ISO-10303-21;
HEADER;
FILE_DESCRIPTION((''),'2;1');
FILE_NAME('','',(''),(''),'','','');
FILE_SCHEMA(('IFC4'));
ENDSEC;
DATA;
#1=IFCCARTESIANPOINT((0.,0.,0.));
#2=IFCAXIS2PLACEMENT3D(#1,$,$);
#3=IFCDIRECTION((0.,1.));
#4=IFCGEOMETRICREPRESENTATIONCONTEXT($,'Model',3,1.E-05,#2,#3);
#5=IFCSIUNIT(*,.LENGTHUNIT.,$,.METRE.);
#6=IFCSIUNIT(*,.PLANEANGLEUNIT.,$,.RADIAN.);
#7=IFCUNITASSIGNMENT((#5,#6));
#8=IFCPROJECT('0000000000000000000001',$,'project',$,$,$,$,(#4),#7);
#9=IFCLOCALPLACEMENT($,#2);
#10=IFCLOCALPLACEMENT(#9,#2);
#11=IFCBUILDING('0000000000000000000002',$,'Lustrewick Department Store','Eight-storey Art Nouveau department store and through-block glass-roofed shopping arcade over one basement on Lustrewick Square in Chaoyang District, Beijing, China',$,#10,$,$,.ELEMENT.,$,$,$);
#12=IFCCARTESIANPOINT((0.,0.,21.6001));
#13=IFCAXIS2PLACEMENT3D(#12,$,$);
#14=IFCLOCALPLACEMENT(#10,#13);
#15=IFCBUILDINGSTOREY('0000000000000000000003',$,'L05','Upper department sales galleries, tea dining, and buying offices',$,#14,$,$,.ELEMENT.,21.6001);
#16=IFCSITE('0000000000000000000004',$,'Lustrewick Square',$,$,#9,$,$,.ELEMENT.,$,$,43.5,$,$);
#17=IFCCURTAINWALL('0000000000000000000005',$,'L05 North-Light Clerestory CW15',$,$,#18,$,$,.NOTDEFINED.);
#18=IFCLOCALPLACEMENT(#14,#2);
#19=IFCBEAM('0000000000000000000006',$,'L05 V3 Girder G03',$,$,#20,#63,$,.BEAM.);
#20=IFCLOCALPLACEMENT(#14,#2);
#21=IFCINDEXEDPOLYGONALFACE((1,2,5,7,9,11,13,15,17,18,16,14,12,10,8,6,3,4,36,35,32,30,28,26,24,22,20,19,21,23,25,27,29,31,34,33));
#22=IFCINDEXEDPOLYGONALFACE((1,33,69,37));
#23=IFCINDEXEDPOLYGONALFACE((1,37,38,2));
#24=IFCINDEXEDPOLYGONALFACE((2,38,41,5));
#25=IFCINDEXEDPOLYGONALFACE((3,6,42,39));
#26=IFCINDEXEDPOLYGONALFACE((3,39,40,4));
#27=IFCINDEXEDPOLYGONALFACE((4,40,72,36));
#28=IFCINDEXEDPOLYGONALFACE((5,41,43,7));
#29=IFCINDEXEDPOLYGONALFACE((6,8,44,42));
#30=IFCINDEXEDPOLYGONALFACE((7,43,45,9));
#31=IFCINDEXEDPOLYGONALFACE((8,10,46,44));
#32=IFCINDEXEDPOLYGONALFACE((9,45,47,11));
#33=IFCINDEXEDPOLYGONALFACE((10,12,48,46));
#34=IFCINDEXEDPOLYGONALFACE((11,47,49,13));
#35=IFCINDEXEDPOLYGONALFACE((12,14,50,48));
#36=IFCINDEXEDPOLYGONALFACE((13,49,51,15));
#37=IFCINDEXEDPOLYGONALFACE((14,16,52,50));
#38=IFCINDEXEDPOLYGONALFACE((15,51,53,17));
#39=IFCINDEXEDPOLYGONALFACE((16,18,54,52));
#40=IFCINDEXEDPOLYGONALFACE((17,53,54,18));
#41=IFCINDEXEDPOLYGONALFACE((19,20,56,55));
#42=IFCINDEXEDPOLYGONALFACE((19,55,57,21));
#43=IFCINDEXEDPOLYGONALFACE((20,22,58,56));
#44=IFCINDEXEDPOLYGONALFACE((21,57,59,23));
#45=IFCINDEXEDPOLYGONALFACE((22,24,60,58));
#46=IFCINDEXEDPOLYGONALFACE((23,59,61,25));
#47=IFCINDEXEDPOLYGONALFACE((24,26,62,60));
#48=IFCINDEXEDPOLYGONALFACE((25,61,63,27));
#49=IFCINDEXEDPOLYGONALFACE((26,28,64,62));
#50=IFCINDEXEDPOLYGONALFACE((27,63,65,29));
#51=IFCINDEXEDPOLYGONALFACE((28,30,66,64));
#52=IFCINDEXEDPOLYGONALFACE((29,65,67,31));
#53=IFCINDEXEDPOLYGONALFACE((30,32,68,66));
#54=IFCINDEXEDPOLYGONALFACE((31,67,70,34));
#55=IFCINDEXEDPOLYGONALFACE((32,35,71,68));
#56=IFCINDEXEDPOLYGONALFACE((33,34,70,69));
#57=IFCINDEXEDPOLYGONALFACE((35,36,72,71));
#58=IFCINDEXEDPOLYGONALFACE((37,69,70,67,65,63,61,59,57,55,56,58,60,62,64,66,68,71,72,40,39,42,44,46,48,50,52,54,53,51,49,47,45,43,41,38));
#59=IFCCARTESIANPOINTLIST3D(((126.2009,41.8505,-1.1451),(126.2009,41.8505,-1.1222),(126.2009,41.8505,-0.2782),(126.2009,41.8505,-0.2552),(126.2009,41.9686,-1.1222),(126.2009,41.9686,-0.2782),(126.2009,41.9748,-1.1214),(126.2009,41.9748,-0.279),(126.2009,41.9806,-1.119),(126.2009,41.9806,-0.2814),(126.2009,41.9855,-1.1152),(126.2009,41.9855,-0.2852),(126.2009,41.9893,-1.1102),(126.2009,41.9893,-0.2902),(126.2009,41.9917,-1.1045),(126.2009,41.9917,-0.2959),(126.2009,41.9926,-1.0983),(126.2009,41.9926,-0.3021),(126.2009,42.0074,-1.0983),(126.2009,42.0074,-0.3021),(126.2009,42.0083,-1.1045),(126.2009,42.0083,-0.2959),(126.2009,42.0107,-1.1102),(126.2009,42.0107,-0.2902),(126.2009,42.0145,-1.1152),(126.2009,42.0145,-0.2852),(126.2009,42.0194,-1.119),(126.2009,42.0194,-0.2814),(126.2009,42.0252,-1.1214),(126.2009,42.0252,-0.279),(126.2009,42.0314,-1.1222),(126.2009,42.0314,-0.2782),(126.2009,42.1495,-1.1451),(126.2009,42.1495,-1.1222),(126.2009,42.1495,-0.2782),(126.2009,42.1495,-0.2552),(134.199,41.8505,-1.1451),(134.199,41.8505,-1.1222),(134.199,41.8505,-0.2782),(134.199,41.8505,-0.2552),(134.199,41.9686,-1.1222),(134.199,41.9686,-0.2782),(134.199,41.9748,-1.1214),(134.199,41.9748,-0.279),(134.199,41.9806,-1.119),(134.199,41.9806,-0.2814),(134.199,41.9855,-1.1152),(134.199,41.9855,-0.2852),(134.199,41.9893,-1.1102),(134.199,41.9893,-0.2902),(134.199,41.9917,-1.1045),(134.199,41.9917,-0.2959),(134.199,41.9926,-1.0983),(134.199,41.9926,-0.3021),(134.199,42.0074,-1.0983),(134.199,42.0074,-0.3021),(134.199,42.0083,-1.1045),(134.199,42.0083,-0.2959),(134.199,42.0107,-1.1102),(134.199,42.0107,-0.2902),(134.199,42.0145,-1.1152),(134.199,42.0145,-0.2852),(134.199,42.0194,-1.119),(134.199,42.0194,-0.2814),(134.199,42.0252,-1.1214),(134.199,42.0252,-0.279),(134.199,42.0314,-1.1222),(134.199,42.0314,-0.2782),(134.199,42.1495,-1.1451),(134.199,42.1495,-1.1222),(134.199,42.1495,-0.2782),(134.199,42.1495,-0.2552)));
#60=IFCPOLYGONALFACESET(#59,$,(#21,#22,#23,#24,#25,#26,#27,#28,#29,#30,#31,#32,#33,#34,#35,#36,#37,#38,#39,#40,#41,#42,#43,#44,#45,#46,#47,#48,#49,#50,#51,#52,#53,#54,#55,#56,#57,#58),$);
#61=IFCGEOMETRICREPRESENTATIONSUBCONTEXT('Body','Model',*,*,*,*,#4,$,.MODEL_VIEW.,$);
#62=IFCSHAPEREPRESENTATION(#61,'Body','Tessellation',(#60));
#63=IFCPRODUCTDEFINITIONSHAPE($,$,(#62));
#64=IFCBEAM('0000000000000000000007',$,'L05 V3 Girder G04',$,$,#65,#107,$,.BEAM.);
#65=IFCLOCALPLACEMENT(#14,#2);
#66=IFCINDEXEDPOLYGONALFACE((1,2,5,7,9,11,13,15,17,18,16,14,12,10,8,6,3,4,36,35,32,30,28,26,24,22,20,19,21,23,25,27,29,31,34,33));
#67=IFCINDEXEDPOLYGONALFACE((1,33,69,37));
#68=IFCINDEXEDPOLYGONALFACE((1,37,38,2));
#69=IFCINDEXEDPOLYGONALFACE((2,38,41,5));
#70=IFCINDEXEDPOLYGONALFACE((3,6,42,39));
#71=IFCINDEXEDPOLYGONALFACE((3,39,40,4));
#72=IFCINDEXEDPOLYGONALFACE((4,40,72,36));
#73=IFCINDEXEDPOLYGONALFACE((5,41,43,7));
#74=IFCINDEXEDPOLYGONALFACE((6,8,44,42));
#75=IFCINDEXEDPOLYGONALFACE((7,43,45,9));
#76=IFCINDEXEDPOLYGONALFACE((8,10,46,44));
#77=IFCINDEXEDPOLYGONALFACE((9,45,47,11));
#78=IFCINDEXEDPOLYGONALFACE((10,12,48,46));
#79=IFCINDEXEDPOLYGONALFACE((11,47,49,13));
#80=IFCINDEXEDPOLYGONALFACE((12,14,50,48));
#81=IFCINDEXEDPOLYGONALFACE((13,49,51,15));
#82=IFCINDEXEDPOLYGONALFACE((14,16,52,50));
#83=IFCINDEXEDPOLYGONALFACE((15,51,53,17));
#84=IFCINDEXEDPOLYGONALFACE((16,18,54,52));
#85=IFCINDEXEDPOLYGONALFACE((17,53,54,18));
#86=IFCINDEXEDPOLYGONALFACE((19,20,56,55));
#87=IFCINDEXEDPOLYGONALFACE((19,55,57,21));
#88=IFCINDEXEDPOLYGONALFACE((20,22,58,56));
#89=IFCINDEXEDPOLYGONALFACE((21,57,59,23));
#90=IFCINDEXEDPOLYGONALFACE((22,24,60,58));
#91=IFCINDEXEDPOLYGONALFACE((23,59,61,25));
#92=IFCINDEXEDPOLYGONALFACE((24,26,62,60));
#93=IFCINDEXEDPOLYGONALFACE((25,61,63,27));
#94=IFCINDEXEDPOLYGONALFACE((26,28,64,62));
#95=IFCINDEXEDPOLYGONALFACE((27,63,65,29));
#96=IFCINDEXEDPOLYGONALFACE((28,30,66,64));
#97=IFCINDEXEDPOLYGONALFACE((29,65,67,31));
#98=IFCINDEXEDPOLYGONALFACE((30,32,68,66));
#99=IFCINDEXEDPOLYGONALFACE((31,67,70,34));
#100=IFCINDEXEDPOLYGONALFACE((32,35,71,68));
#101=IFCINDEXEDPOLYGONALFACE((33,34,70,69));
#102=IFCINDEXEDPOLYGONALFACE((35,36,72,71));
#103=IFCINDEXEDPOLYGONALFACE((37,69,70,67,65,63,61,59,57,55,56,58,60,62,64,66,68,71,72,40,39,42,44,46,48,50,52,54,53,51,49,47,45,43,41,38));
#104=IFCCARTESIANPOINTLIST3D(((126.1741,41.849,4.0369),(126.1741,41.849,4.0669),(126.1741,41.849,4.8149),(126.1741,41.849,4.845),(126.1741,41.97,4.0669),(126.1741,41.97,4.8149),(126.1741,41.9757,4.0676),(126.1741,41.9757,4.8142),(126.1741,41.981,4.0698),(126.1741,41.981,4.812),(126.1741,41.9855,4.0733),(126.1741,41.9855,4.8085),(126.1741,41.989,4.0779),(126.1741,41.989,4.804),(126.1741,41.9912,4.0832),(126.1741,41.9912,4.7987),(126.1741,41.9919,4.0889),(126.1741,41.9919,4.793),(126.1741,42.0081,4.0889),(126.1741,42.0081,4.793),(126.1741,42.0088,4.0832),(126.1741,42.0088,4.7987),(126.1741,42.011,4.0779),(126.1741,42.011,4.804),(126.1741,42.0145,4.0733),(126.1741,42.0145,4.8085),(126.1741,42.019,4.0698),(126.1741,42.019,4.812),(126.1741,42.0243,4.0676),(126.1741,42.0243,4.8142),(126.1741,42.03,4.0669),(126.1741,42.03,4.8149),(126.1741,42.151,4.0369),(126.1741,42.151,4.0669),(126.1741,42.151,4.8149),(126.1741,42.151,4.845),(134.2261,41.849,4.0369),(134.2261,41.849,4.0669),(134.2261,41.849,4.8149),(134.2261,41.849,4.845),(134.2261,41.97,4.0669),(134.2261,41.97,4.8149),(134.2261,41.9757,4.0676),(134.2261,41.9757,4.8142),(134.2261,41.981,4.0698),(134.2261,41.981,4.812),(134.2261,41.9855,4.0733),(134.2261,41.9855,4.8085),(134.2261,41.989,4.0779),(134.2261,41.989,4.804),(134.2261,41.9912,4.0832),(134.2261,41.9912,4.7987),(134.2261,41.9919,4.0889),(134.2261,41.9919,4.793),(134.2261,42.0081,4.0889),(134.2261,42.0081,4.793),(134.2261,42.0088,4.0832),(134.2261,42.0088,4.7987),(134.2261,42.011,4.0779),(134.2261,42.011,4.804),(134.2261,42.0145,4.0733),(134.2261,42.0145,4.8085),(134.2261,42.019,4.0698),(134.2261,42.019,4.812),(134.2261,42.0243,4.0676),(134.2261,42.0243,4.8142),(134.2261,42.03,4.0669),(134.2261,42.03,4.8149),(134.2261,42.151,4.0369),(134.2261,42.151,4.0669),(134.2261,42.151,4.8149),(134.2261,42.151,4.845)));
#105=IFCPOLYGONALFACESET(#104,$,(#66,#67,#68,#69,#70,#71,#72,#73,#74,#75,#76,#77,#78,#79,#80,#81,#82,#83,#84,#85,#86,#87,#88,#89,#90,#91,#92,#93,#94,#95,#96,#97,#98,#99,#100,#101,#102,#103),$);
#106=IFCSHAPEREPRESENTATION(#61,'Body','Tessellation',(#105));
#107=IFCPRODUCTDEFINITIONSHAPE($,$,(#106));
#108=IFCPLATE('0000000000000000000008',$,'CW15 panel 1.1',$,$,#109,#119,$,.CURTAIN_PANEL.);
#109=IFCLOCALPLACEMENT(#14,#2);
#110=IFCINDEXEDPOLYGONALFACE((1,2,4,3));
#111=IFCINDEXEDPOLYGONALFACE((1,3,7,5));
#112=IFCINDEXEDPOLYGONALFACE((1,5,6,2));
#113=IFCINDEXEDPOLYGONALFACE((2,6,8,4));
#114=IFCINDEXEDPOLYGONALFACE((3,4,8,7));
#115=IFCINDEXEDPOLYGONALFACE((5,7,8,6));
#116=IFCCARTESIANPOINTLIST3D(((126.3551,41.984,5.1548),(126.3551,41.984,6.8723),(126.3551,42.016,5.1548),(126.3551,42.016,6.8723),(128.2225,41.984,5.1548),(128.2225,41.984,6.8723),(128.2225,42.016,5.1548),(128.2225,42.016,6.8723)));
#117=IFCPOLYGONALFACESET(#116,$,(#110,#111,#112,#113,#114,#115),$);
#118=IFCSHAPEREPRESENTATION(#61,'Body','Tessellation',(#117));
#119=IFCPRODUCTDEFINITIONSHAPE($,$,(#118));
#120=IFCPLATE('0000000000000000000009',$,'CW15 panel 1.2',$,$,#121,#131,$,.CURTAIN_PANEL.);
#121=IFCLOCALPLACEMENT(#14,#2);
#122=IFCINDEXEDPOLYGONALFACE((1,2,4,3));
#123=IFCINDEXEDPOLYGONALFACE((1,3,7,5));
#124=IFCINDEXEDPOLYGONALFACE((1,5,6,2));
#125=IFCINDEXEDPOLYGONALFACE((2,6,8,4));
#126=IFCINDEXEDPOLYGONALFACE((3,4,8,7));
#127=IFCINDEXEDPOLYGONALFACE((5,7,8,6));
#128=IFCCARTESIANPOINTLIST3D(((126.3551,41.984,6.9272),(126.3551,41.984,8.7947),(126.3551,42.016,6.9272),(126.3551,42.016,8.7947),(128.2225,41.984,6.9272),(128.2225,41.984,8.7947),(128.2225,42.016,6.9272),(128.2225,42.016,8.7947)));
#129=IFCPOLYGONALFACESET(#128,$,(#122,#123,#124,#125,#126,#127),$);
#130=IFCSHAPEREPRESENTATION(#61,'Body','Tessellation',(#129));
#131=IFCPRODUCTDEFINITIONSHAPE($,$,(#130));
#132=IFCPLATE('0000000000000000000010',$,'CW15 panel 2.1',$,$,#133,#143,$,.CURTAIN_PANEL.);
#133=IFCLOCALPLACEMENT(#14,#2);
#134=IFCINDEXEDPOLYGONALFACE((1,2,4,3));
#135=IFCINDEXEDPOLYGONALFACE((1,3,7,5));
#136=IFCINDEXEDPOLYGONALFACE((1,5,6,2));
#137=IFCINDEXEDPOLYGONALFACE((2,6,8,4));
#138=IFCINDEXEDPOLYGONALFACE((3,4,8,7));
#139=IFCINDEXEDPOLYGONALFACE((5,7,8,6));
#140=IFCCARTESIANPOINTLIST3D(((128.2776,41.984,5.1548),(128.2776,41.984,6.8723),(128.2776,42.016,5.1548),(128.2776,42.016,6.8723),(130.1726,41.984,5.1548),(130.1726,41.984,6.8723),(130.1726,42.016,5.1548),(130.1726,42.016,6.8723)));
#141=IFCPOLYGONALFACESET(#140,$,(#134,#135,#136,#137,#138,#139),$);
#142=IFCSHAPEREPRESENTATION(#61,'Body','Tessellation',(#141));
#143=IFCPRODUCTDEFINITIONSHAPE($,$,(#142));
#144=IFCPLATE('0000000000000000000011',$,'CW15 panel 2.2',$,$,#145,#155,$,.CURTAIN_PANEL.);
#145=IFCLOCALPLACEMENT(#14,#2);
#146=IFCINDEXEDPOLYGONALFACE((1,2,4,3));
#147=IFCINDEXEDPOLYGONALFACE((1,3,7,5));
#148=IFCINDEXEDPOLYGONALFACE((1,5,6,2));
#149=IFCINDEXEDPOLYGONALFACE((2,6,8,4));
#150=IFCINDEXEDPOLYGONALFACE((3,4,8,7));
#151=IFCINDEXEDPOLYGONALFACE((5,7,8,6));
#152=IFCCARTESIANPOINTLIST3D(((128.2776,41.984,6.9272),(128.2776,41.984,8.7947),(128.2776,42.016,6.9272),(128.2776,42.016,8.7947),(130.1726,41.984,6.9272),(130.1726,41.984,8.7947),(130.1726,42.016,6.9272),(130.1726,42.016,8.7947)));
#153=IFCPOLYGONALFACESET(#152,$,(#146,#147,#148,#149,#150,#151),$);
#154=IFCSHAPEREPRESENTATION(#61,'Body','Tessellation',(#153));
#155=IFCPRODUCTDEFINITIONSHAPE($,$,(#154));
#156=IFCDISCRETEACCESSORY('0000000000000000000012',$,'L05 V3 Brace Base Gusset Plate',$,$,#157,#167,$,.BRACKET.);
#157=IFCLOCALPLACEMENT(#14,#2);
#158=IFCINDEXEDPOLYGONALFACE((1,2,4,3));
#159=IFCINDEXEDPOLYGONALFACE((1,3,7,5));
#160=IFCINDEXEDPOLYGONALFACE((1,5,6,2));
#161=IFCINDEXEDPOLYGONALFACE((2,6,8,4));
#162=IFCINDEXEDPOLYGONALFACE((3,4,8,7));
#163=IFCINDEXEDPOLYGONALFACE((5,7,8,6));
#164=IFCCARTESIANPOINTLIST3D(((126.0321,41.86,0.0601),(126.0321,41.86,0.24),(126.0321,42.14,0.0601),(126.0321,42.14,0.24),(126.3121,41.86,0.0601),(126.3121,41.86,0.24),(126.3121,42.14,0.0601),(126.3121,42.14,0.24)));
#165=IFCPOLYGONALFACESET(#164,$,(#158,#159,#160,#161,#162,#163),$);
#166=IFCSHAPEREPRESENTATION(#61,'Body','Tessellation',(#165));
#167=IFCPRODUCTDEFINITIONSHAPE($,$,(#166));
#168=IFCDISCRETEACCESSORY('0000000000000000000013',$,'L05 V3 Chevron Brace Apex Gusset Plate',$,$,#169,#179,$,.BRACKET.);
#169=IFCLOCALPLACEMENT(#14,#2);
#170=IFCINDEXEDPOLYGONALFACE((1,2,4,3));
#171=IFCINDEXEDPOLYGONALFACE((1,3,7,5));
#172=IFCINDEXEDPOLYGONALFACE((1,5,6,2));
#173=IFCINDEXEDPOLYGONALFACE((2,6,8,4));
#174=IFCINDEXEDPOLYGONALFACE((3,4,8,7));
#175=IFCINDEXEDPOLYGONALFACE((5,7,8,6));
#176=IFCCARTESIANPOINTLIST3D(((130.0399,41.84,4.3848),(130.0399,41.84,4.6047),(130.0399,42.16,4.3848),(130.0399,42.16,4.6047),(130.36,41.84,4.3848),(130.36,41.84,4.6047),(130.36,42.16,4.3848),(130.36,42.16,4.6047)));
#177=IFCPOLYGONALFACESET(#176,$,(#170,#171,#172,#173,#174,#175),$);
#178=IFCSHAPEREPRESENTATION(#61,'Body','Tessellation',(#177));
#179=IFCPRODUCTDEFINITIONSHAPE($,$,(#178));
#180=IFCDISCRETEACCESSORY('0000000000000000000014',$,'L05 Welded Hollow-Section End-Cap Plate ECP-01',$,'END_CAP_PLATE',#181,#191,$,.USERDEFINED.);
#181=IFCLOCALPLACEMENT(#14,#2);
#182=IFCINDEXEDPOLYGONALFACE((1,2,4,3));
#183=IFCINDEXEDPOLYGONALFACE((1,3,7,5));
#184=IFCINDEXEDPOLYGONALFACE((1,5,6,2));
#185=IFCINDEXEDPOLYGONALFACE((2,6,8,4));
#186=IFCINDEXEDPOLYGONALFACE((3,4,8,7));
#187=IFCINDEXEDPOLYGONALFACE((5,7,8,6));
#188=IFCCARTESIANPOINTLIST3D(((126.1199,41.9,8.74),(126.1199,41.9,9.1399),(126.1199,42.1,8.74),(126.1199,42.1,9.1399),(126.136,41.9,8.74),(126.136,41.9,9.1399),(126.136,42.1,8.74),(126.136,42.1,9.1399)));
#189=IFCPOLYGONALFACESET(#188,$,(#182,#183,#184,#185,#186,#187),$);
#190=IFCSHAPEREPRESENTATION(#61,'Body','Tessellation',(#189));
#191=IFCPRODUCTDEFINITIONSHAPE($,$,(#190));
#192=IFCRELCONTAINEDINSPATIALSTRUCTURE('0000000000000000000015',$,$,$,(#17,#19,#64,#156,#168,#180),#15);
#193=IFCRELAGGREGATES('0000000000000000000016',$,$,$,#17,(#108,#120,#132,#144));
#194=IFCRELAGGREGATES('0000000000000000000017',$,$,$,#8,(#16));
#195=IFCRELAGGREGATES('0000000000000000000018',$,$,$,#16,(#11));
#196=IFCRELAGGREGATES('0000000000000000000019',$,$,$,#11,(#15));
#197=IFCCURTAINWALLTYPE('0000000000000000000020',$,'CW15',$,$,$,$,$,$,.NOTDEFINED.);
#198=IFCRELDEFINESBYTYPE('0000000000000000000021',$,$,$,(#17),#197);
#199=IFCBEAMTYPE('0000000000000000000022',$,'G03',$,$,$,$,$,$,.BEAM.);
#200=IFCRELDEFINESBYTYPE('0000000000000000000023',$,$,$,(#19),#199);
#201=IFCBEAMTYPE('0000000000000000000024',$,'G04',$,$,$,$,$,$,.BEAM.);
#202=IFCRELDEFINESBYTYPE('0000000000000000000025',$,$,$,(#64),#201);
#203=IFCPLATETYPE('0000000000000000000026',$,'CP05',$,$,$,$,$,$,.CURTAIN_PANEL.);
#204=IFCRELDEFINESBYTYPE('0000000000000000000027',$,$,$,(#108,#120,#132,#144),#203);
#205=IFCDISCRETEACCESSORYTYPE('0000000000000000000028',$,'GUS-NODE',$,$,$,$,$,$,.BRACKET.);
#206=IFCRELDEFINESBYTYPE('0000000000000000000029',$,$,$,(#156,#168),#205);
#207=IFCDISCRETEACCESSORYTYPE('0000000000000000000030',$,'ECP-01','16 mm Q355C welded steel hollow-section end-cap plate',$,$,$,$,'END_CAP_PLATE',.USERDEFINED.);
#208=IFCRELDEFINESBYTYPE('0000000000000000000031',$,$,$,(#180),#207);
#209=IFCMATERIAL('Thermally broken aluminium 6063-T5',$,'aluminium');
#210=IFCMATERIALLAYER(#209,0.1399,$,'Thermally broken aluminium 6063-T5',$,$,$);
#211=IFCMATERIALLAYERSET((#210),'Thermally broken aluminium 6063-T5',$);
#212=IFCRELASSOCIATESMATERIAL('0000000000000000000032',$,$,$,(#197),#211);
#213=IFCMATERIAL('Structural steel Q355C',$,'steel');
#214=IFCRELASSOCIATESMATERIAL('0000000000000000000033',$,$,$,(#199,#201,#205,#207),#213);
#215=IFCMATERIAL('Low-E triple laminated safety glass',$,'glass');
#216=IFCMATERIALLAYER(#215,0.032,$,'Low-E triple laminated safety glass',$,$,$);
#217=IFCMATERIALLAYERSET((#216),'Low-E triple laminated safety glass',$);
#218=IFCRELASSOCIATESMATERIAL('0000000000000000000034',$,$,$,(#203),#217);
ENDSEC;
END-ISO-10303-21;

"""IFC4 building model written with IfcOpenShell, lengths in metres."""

from ifc_helpers import new_model, si_unit, direction, frame, origin, origin_2d, place, context, subcontext, project, spatial, rectangle, i_section, extrude, material, layer, layer_set, material_profile, profile_set, type_object, element, aggregate, save


model = new_model("IFC4")

# Units and contexts
model_context = context("Model", 3, precision=1e-05, world=origin(), true_north=direction((0.0, 1.0)))
body_context = subcontext(model_context, "Body", "Model", "MODEL_VIEW")
ifc_project = project(units=[si_unit("LENGTHUNIT", "METRE"), si_unit("PLANEANGLEUNIT", "RADIAN")], contexts=[model_context])

# Site, building, storey
site_placement = place(None, origin())
site = spatial("IfcSite", under=ifc_project, at=site_placement, Name="Lustrewick Square", CompositionType="ELEMENT", RefElevation=43.5)
building_placement = place(site_placement, origin())
building = spatial("IfcBuilding", under=site, at=building_placement, Name="Lustrewick Department Store", Description="Eight-storey Art Nouveau department store and through-block glass-roofed shopping arcade over one basement on Lustrewick Square in Chaoyang District, Beijing, China", CompositionType="ELEMENT")
storey_placement = place(building_placement, frame((0.0, 0.0, 21.6001)))
storey = spatial("IfcBuildingStorey", under=building, at=storey_placement, Name="L05", Description="Upper department sales galleries, tea dining, and buying offices", CompositionType="ELEMENT", Elevation=21.6001)

# Curtain wall
ifc_material_1 = material(Name="Thermally broken aluminium 6063-T5", Category="aluminium")
ifc_layer_1 = layer(ifc_material_1, 0.1399, Name="Thermally broken aluminium 6063-T5")
ifc_layer_set_1 = layer_set([ifc_layer_1], Name="Thermally broken aluminium 6063-T5")
curtain_wall_type = type_object("IfcCurtainWallType", Name="CW15", PredefinedType="NOTDEFINED", material=ifc_layer_set_1)
curtain_wall_placement = place(storey_placement, origin())
curtain_wall = element("IfcCurtainWall", 1, at=curtain_wall_placement, inside=storey, type_object=curtain_wall_type, Name="L05 North-Light Clerestory CW15", PredefinedType="NOTDEFINED")

# Beams
ifc_material_2 = material(Name="Structural steel Q355C", Category="steel")
ifc_material_profile_1 = material_profile(ifc_material_2, i_section(OverallWidth=0.2991, OverallDepth=0.8899, WebThickness=0.0149, FlangeThickness=0.0229, FilletRadius=0.0239, at=origin_2d()), Name="HN 890x299x15x23")
ifc_profile_set_1 = profile_set([ifc_material_profile_1], Name="Structural steel Q355C")
beam_type_1 = type_object("IfcBeamType", Name="G03", PredefinedType="BEAM", material=ifc_profile_set_1)
beam_1_placement = place(storey_placement, frame((126.2009, 42.0, -0.7002), z_axis=(1.0, 0.0, 0.0), x_axis=(0.0, 1.0, 0.0)))
element("IfcBeam", 2, at=beam_1_placement, inside=storey, type_object=beam_type_1, Name="L05 V3 Girder G03", PredefinedType="BEAM", context=body_context, shape_type="SweptSolid", body=[
    extrude(i_section(OverallWidth=0.2991, OverallDepth=0.8899, WebThickness=0.0149, FlangeThickness=0.0229, FilletRadius=0.0239, at=origin_2d()), origin(), (0.0, 0.0, 1.0), 7.998),
])
ifc_material_profile_2 = material_profile(ifc_material_2, i_section(OverallWidth=0.302, OverallDepth=0.8081, WebThickness=0.0161, FlangeThickness=0.03, FilletRadius=0.022, at=origin_2d()), Name="HN 808x302x16x30")
ifc_profile_set_2 = profile_set([ifc_material_profile_2], Name="Structural steel Q355C")
beam_type_2 = type_object("IfcBeamType", Name="G04", PredefinedType="BEAM", material=ifc_profile_set_2)
beam_2_placement = place(storey_placement, frame((126.1741, 42.0, 4.4409), z_axis=(1.0, 0.0, 0.0), x_axis=(0.0, 1.0, 0.0)))
element("IfcBeam", 3, at=beam_2_placement, inside=storey, type_object=beam_type_2, Name="L05 V3 Girder G04", PredefinedType="BEAM", context=body_context, shape_type="SweptSolid", body=[
    extrude(i_section(OverallWidth=0.302, OverallDepth=0.8081, WebThickness=0.0161, FlangeThickness=0.03, FilletRadius=0.022, at=origin_2d()), origin(), (0.0, 0.0, 1.0), 8.052),
])

# Plates
ifc_material_3 = material(Name="Low-E triple laminated safety glass", Category="glass")
ifc_layer_2 = layer(ifc_material_3, 0.032, Name="Low-E triple laminated safety glass")
ifc_layer_set_2 = layer_set([ifc_layer_2], Name="Low-E triple laminated safety glass")
plate_type = type_object("IfcPlateType", Name="CP05", PredefinedType="CURTAIN_PANEL", material=ifc_layer_set_2)
plate_1_placement = place(storey_placement, frame((127.2888, 42.0, 5.1548), z_axis=(0.0, 0.0, 1.0), x_axis=(1.0, 0.0, 0.0)))
plate_1 = element("IfcPlate", 4, at=plate_1_placement, type_object=plate_type, Name="CW15 panel 1.1", PredefinedType="CURTAIN_PANEL", context=body_context, shape_type="SweptSolid", body=[
    extrude(rectangle(XDim=1.8674, YDim=0.032, at=origin_2d()), origin(), (0.0, 0.0, 1.0), 1.7175),
])
plate_2_placement = place(storey_placement, frame((127.2888, 42.0, 6.9272), z_axis=(0.0, 0.0, 1.0), x_axis=(1.0, 0.0, 0.0)))
plate_2 = element("IfcPlate", 5, at=plate_2_placement, type_object=plate_type, Name="CW15 panel 1.2", PredefinedType="CURTAIN_PANEL", context=body_context, shape_type="SweptSolid", body=[
    extrude(rectangle(XDim=1.8674, YDim=0.032, at=origin_2d()), origin(), (0.0, 0.0, 1.0), 1.8674),
])
plate_3_placement = place(storey_placement, frame((129.2251, 42.0, 5.1548), z_axis=(0.0, 0.0, 1.0), x_axis=(1.0, 0.0, 0.0)))
plate_3 = element("IfcPlate", 6, at=plate_3_placement, type_object=plate_type, Name="CW15 panel 2.1", PredefinedType="CURTAIN_PANEL", context=body_context, shape_type="SweptSolid", body=[
    extrude(rectangle(XDim=1.895, YDim=0.032, at=origin_2d()), origin(), (0.0, 0.0, 1.0), 1.7175),
])
plate_4_placement = place(storey_placement, frame((129.2251, 42.0, 6.9272), z_axis=(0.0, 0.0, 1.0), x_axis=(1.0, 0.0, 0.0)))
plate_4 = element("IfcPlate", 7, at=plate_4_placement, type_object=plate_type, Name="CW15 panel 2.2", PredefinedType="CURTAIN_PANEL", context=body_context, shape_type="SweptSolid", body=[
    extrude(rectangle(XDim=1.895, YDim=0.032, at=origin_2d()), origin(), (0.0, 0.0, 1.0), 1.8674),
])
aggregate(curtain_wall, [plate_1, plate_2, plate_3, plate_4])

# Discrete accessories
discrete_accessory_type_1 = type_object("IfcDiscreteAccessoryType", Name="GUS-NODE", PredefinedType="BRACKET", material=ifc_material_2)
discrete_accessory_1_placement = place(storey_placement, frame((126.1721, 42.0, 0.0601), z_axis=(0.0, 0.0, 1.0), x_axis=(1.0, 0.0, 0.0)))
element("IfcDiscreteAccessory", 8, at=discrete_accessory_1_placement, inside=storey, type_object=discrete_accessory_type_1, Name="L05 V3 Brace Base Gusset Plate", PredefinedType="BRACKET", context=body_context, shape_type="SweptSolid", body=[
    extrude(rectangle(XDim=0.28, YDim=0.28, at=origin_2d()), origin(), (0.0, 0.0, 1.0), 0.1799),
])
discrete_accessory_2_placement = place(storey_placement, frame((130.2, 42.0, 4.3848), z_axis=(0.0, 0.0, 1.0), x_axis=(1.0, 0.0, 0.0)))
element("IfcDiscreteAccessory", 9, at=discrete_accessory_2_placement, inside=storey, type_object=discrete_accessory_type_1, Name="L05 V3 Chevron Brace Apex Gusset Plate", PredefinedType="BRACKET", context=body_context, shape_type="SweptSolid", body=[
    extrude(rectangle(XDim=0.3201, YDim=0.3201, at=origin_2d()), origin(), (0.0, 0.0, 1.0), 0.22),
])
discrete_accessory_type_2 = type_object("IfcDiscreteAccessoryType", Name="ECP-01", Description="16 mm Q355C welded steel hollow-section end-cap plate", ElementType="END_CAP_PLATE", PredefinedType="USERDEFINED", material=ifc_material_2)
discrete_accessory_3_placement = place(storey_placement, frame((126.136, 42.0, 8.9399), z_axis=(-1.0, 0.0, 0.0), x_axis=(0.0, 1.0, 0.0)))
element("IfcDiscreteAccessory", 10, at=discrete_accessory_3_placement, inside=storey, type_object=discrete_accessory_type_2, Name="L05 Welded Hollow-Section End-Cap Plate ECP-01", ObjectType="END_CAP_PLATE", PredefinedType="USERDEFINED", context=body_context, shape_type="SweptSolid", body=[
    extrude(rectangle(XDim=0.2, YDim=0.3999, at=origin_2d()), origin(), (0.0, 0.0, 1.0), 0.0161),
])

save(model, "model.ifc")
